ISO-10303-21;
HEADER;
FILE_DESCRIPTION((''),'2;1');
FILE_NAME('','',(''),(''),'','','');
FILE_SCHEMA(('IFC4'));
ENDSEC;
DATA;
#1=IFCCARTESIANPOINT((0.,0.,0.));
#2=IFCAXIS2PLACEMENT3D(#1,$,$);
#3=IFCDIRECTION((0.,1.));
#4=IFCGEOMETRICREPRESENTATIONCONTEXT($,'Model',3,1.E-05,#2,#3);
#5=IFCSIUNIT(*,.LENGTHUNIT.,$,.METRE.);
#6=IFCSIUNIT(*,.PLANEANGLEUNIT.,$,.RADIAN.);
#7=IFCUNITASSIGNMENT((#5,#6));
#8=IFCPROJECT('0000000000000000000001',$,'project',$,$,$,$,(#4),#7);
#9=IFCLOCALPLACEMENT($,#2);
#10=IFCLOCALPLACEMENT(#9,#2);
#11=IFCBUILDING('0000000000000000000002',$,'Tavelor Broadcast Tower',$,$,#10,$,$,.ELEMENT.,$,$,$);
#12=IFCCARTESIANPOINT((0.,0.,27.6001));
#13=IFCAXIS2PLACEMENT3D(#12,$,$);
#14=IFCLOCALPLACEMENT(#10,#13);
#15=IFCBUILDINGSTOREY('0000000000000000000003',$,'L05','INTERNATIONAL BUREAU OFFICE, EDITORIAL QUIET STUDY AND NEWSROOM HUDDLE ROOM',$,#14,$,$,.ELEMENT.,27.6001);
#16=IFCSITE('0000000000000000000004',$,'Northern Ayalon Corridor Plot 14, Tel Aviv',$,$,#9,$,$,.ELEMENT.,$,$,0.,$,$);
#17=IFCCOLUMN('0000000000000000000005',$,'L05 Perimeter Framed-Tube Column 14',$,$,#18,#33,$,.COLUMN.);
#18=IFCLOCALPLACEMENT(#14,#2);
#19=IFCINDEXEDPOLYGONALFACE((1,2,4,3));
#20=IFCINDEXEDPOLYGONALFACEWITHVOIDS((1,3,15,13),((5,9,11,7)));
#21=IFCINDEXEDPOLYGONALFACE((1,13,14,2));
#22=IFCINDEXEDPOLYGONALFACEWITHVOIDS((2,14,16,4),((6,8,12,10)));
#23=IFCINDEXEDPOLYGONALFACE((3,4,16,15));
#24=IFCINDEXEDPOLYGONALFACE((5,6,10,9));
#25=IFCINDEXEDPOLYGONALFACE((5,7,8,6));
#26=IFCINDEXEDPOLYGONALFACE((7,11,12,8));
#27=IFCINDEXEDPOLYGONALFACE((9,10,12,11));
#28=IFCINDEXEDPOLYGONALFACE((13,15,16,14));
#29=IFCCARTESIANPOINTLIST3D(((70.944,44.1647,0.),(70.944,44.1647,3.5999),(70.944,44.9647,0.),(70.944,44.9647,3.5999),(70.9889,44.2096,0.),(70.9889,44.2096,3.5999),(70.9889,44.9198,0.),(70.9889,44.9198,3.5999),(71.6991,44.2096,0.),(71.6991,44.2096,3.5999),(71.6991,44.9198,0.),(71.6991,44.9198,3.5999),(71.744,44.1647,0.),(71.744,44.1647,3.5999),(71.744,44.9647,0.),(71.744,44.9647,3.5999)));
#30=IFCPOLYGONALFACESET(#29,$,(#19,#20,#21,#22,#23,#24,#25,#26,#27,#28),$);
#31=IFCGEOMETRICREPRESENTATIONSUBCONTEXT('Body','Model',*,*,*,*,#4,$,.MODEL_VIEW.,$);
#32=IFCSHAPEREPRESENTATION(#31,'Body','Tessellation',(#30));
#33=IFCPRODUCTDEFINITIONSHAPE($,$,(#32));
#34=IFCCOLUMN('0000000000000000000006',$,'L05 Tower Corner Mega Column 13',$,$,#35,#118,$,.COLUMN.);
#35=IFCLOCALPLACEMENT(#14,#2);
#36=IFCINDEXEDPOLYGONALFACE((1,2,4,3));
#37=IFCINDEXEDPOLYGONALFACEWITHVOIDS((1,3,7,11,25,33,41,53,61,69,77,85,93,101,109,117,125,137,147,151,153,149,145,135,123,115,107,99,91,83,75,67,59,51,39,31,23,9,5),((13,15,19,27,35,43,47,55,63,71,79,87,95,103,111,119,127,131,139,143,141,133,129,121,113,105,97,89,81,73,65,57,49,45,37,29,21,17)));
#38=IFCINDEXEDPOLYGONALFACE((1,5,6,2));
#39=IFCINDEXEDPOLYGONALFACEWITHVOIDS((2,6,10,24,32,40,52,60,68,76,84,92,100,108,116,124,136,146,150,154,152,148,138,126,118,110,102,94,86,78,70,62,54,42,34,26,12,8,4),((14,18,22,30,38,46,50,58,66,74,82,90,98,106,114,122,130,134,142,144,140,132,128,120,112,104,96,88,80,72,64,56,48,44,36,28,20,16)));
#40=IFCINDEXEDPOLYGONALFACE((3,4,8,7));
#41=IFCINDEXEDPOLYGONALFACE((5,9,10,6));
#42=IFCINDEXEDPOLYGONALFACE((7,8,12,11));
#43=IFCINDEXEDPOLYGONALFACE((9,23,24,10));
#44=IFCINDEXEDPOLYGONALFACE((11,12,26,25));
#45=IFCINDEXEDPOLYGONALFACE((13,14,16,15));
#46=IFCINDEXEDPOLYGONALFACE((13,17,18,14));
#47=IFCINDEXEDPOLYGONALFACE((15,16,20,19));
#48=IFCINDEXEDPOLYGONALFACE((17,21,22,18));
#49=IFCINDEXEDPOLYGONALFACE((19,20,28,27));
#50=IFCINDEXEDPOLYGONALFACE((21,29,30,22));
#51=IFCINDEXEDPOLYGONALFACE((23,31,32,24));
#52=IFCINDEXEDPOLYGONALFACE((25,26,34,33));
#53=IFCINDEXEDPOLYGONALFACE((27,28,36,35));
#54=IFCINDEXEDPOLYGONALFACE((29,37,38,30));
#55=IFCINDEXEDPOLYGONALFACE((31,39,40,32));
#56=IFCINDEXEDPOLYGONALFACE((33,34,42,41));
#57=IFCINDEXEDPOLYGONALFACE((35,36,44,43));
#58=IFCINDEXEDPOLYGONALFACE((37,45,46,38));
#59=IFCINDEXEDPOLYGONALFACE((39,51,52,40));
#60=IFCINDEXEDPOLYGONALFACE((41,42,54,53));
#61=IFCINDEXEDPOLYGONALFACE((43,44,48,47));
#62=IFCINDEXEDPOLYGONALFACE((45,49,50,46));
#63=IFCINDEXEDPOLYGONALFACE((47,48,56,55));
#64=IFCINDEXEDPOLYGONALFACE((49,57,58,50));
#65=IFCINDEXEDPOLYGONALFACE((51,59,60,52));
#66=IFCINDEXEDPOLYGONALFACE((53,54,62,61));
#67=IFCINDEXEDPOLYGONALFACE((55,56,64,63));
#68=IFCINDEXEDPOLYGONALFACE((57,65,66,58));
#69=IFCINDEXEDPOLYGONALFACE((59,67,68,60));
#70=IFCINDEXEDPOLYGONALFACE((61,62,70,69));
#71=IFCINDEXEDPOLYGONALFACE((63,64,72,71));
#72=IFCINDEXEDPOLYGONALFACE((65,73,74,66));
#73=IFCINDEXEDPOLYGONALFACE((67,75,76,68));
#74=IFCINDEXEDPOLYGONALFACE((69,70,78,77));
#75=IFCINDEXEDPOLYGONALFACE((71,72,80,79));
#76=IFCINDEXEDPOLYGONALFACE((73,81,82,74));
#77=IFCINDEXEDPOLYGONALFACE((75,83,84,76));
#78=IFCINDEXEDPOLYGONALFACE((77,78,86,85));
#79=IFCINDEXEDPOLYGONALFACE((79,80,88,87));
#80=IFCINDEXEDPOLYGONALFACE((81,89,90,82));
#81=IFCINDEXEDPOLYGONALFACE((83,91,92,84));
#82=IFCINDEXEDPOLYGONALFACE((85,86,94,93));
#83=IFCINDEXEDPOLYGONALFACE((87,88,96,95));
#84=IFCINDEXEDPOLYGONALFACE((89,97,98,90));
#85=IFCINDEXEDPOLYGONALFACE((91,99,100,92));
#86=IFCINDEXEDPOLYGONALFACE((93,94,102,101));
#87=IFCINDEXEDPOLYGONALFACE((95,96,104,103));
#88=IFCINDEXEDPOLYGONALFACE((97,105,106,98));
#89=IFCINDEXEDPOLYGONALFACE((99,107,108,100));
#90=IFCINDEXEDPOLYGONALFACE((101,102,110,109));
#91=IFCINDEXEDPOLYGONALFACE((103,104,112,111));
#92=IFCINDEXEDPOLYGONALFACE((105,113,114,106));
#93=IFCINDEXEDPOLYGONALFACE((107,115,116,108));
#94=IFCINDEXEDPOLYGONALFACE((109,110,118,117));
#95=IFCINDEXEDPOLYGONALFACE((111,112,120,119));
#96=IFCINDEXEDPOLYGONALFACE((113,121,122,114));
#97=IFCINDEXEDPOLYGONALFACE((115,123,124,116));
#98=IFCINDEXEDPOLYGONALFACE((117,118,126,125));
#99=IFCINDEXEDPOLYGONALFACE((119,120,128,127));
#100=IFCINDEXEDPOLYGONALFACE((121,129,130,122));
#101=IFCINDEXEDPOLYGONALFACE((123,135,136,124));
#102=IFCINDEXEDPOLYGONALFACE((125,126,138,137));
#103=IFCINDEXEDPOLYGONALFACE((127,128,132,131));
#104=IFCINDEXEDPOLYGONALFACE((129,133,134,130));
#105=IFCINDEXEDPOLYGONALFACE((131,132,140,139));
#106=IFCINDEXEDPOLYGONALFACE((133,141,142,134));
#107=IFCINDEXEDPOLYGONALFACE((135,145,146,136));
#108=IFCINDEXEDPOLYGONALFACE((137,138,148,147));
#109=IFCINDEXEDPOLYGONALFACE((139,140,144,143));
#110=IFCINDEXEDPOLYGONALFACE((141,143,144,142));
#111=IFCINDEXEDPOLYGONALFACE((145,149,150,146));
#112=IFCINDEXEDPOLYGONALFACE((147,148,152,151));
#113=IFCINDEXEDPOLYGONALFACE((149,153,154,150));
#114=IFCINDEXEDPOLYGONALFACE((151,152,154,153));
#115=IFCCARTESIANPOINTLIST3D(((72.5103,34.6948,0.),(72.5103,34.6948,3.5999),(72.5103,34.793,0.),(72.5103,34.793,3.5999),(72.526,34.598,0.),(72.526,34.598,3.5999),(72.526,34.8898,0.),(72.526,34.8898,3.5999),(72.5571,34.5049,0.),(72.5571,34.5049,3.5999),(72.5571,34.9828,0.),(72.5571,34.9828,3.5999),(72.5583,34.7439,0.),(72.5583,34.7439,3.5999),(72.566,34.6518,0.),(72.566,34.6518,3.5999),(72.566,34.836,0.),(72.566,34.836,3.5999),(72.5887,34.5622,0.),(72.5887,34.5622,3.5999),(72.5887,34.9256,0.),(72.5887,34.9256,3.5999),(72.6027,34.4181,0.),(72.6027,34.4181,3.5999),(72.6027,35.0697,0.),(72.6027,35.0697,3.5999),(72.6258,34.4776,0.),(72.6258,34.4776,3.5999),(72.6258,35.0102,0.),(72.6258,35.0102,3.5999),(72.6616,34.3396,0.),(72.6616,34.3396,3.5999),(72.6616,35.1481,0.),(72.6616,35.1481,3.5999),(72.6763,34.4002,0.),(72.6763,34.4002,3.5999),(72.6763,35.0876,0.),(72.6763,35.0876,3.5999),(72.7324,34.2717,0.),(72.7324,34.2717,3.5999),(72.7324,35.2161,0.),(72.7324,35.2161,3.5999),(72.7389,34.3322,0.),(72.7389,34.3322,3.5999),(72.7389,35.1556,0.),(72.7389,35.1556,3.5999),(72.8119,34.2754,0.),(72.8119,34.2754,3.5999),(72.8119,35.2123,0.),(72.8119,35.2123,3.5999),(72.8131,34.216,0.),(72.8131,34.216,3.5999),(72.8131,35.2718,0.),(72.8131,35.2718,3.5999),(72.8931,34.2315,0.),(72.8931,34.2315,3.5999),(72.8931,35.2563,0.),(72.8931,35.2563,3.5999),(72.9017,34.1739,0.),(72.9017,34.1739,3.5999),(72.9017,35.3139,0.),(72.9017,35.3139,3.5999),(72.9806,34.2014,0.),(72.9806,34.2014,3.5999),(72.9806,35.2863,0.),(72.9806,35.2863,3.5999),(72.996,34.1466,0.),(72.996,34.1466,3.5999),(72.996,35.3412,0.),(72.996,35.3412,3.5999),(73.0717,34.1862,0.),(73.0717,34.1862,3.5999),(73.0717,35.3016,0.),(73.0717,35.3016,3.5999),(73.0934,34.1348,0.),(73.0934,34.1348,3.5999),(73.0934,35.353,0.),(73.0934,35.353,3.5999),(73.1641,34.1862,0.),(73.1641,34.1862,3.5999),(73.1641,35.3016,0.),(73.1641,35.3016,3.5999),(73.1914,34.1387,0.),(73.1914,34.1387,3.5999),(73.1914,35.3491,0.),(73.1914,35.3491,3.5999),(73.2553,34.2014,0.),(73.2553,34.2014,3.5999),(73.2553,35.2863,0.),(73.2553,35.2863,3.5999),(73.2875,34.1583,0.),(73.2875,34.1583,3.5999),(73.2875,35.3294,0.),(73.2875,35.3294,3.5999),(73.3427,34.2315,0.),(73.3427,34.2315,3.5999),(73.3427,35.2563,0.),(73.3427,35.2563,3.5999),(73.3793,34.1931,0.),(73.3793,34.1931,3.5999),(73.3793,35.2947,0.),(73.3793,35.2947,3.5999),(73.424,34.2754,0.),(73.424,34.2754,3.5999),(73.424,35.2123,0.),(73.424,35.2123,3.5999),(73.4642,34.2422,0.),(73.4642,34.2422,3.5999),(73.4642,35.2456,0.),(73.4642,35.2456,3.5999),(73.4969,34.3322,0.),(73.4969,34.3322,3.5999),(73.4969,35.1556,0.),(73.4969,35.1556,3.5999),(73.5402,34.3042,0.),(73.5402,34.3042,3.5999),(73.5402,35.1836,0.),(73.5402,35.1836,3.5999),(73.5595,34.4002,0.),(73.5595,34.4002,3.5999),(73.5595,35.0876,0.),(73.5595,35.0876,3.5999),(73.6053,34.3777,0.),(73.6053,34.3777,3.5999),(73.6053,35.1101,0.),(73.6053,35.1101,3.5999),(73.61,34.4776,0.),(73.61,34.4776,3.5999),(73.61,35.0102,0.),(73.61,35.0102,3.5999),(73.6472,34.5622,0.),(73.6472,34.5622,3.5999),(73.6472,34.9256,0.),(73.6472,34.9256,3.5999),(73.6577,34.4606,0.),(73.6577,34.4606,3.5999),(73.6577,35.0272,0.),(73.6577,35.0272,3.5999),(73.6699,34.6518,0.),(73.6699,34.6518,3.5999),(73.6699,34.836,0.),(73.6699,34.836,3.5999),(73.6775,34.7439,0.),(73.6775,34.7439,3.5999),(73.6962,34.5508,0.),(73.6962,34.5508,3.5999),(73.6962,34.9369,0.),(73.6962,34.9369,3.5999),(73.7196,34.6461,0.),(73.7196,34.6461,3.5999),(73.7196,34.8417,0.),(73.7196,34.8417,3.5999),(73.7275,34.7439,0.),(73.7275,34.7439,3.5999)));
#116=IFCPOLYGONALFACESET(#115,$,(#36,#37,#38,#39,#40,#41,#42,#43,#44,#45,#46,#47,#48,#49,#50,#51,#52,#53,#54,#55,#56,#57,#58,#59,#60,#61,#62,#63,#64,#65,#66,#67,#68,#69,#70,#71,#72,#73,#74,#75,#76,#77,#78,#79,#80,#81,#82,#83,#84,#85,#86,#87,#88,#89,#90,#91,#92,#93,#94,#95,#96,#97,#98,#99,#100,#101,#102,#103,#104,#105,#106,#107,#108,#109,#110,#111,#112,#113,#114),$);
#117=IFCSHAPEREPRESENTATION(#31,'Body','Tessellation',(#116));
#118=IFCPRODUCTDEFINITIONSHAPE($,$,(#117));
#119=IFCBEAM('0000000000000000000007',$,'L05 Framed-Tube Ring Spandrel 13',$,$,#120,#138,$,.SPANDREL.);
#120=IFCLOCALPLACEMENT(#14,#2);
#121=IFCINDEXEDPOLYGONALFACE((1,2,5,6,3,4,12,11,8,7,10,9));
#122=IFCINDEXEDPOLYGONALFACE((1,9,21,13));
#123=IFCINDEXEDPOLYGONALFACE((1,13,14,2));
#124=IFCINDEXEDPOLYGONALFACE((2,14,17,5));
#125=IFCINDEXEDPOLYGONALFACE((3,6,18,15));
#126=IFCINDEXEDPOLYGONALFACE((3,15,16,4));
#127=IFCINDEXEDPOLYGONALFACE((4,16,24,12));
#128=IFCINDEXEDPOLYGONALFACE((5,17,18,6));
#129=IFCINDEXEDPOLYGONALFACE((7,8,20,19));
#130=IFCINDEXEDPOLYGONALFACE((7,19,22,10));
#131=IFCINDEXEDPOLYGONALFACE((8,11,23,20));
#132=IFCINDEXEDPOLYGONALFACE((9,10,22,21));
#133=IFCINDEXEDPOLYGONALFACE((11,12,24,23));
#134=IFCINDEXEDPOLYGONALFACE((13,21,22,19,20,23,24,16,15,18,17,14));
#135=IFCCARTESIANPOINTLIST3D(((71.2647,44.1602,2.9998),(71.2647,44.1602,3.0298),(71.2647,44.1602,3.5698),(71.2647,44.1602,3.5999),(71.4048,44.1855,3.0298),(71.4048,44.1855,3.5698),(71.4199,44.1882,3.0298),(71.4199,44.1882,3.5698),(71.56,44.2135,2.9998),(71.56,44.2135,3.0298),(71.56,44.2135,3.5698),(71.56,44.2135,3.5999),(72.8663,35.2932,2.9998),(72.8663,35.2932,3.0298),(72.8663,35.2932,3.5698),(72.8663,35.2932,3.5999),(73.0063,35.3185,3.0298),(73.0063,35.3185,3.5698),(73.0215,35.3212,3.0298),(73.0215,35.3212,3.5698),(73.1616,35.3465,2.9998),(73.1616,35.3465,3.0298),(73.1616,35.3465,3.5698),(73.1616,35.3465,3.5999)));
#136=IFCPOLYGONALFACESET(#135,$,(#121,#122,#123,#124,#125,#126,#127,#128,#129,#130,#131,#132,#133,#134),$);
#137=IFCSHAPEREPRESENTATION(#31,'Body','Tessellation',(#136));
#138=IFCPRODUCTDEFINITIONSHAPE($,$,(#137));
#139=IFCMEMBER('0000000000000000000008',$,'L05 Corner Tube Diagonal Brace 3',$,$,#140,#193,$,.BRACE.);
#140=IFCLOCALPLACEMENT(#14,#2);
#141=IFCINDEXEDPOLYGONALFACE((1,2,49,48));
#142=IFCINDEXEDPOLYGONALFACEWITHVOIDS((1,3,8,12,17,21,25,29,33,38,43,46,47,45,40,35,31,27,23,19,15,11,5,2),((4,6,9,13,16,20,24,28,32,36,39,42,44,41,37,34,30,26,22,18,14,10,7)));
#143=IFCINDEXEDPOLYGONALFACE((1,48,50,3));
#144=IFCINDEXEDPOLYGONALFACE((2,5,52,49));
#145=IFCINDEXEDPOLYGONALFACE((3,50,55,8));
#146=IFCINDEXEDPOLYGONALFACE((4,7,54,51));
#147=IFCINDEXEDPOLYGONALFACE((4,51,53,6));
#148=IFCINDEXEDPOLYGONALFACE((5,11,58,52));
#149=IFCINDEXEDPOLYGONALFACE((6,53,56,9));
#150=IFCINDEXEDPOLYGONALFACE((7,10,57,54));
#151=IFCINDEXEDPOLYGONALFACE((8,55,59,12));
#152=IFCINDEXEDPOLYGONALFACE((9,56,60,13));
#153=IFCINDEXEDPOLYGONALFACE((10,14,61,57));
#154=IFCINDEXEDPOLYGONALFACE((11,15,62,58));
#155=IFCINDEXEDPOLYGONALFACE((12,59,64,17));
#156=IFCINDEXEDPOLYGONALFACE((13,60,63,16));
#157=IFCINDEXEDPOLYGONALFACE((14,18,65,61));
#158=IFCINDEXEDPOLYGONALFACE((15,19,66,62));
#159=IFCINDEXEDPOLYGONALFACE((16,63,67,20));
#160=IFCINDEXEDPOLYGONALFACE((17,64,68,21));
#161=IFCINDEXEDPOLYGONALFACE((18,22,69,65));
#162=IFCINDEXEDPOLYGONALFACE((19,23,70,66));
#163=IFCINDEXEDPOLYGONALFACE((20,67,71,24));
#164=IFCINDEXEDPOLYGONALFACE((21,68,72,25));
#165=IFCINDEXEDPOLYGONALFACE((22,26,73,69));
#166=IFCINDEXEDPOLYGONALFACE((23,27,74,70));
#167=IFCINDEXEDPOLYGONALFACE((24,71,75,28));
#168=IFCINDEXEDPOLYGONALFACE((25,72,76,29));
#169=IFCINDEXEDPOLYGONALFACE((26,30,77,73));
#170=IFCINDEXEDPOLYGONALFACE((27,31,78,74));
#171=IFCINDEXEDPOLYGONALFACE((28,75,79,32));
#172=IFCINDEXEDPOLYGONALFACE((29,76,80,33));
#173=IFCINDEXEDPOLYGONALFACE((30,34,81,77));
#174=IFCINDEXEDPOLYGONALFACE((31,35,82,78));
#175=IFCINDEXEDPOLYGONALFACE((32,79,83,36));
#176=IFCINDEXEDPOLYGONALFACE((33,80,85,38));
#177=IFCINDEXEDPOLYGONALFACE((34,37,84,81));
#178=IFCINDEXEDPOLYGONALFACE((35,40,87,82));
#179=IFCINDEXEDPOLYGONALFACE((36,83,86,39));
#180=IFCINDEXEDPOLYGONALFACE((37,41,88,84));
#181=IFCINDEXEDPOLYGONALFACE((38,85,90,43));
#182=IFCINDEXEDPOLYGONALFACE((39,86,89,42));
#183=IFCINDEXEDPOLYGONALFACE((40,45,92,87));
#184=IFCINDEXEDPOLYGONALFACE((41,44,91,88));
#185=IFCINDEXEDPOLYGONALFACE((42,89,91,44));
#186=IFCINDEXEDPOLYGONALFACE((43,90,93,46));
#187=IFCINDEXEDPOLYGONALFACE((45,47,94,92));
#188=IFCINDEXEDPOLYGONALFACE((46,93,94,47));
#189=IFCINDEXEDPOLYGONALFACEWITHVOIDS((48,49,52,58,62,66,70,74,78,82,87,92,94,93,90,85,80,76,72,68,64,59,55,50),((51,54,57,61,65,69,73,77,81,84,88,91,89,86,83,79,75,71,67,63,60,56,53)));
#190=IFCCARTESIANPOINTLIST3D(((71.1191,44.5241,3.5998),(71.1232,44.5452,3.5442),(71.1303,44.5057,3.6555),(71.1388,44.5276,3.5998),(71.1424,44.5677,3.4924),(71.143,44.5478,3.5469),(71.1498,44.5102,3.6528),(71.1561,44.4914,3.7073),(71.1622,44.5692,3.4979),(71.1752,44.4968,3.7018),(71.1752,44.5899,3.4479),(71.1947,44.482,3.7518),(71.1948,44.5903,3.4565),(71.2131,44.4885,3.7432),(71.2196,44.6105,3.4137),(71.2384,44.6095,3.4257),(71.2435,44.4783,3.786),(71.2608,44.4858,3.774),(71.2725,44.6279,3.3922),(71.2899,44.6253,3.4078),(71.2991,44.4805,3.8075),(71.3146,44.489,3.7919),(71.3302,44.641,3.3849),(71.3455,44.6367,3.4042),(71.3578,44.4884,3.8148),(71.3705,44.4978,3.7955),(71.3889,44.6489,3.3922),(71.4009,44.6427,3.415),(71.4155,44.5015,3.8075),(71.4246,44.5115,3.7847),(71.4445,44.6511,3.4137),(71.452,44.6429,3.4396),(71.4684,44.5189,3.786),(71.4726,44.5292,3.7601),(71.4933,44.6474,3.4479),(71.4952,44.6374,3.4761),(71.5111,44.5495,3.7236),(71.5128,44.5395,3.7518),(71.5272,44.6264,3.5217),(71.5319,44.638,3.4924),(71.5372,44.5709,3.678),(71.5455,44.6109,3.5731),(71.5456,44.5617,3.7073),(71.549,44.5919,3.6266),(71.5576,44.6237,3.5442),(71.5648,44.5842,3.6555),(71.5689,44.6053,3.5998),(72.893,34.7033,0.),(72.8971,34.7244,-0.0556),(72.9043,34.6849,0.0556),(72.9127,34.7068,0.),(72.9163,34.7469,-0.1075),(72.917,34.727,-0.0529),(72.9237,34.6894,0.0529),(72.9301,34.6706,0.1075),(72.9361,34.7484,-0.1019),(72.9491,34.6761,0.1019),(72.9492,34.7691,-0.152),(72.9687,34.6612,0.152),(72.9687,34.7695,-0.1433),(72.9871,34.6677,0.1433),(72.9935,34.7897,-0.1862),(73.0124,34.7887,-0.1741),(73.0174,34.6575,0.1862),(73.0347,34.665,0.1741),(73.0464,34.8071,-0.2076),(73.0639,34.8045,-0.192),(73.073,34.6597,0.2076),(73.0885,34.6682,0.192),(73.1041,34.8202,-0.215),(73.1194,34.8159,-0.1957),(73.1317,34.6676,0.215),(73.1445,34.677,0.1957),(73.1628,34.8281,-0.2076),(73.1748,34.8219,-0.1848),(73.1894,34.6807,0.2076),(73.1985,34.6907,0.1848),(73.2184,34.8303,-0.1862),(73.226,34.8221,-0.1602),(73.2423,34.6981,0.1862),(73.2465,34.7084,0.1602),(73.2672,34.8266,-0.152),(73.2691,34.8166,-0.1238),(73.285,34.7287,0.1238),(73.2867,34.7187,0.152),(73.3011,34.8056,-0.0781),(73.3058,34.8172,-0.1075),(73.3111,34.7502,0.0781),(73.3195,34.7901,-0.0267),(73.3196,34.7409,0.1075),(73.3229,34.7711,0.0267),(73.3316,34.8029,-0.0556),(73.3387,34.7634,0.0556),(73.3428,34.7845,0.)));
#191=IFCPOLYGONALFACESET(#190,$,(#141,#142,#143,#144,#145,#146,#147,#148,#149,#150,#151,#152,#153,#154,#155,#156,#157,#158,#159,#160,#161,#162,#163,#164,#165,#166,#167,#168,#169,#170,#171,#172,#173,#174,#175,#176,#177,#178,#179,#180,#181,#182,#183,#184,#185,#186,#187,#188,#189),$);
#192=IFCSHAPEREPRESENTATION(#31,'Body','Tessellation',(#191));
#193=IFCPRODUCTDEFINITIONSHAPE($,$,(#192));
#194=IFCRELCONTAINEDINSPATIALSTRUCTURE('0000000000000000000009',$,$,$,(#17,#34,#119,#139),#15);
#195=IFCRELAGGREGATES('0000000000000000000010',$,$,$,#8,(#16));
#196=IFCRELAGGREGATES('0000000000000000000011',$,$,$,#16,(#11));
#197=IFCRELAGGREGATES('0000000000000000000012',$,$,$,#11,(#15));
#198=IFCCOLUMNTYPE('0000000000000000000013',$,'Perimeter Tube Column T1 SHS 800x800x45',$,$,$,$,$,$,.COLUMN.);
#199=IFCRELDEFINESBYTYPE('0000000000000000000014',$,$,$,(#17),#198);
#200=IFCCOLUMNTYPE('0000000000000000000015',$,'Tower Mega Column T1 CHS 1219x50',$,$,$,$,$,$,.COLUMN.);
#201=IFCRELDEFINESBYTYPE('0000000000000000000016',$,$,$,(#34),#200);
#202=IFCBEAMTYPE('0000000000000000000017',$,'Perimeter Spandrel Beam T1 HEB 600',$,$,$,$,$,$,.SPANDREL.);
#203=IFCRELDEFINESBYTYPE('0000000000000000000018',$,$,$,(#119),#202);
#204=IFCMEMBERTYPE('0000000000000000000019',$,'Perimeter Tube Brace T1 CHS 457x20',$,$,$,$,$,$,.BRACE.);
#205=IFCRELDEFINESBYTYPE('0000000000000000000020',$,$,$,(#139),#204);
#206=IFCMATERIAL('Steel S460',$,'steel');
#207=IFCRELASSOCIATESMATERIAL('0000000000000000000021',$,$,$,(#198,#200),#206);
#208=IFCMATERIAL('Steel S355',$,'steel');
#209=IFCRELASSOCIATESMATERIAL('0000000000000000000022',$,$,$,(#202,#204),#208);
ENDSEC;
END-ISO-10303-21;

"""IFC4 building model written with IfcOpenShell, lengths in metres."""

from ifc_helpers import new_model, si_unit, direction, frame, origin, origin_2d, place, context, subcontext, project, spatial, hollow_rectangle, hollow_circle, i_section, extrude, material, material_profile, profile_set, type_object, element, save


model = new_model("IFC4")

# Units and contexts
model_context = context("Model", 3, precision=1e-05, world=origin(), true_north=direction((0.0, 1.0)))
body_context = subcontext(model_context, "Body", "Model", "MODEL_VIEW")
ifc_project = project(units=[si_unit("LENGTHUNIT", "METRE"), si_unit("PLANEANGLEUNIT", "RADIAN")], contexts=[model_context])

# Site, building, storey
site_placement = place(None, origin())
site = spatial("IfcSite", under=ifc_project, at=site_placement, Name="Northern Ayalon Corridor Plot 14, Tel Aviv", CompositionType="ELEMENT", RefElevation=0.0)
building_placement = place(site_placement, origin())
building = spatial("IfcBuilding", under=site, at=building_placement, Name="Tavelor Broadcast Tower", CompositionType="ELEMENT")
storey_placement = place(building_placement, frame((0.0, 0.0, 27.6001)))
storey = spatial("IfcBuildingStorey", under=building, at=storey_placement, Name="L05", Description="INTERNATIONAL BUREAU OFFICE, EDITORIAL QUIET STUDY AND NEWSROOM HUDDLE ROOM", CompositionType="ELEMENT", Elevation=27.6001)

# Columns
ifc_material_1 = material(Name="Steel S460", Category="steel")
ifc_material_profile_1 = material_profile(ifc_material_1, hollow_rectangle(XDim=0.8, YDim=0.8, WallThickness=0.0449, at=origin_2d()), Name="SHS 800x800x45")
ifc_profile_set_1 = profile_set([ifc_material_profile_1], Name="Steel S460")
column_type_1 = type_object("IfcColumnType", Name="Perimeter Tube Column T1 SHS 800x800x45", PredefinedType="COLUMN", material=ifc_profile_set_1)
column_1_placement = place(storey_placement, frame((71.344, 44.5647, 0.0), z_axis=(0.0, 0.0, 1.0), x_axis=(1.0, 0.0, 0.0)))
element("IfcColumn", 1, at=column_1_placement, inside=storey, type_object=column_type_1, Name="L05 Perimeter Framed-Tube Column 14", PredefinedType="COLUMN", context=body_context, shape_type="SweptSolid", body=[
    extrude(hollow_rectangle(XDim=0.8, YDim=0.8, WallThickness=0.0449, at=origin_2d()), origin(), (0.0, 0.0, 1.0), 3.5999),
])
ifc_material_profile_2 = material_profile(ifc_material_1, hollow_circle(Radius=0.6096, WallThickness=0.05, at=origin_2d()), Name="CHS 1219x50")
ifc_profile_set_2 = profile_set([ifc_material_profile_2], Name="Steel S460")
column_type_2 = type_object("IfcColumnType", Name="Tower Mega Column T1 CHS 1219x50", PredefinedType="COLUMN", material=ifc_profile_set_2)
column_2_placement = place(storey_placement, frame((73.1179, 34.7439, 0.0), z_axis=(0.0, 0.0, 1.0), x_axis=(1.0, 0.0, 0.0)))
element("IfcColumn", 2, at=column_2_placement, inside=storey, type_object=column_type_2, Name="L05 Tower Corner Mega Column 13", PredefinedType="COLUMN", context=body_context, shape_type="SweptSolid", body=[
    extrude(hollow_circle(Radius=0.6096, WallThickness=0.05, at=origin_2d()), origin(), (0.0, 0.0, 1.0), 3.5999),
])

# Beam
ifc_material_2 = material(Name="Steel S355", Category="steel")
ifc_material_profile_3 = material_profile(ifc_material_2, i_section(OverallWidth=0.3, OverallDepth=0.6001, WebThickness=0.0154, FlangeThickness=0.03, at=origin_2d()), Name="HEB 600")
ifc_profile_set_3 = profile_set([ifc_material_profile_3], Name="Steel S355")
beam_type = type_object("IfcBeamType", Name="Perimeter Spandrel Beam T1 HEB 600", PredefinedType="SPANDREL", material=ifc_profile_set_3)
beam_placement = place(storey_placement, frame((73.0139, 35.3198, 3.2998), z_axis=(-0.177746, 0.984076, 0.0), x_axis=(-0.984076, -0.177746, 0.0)))
element("IfcBeam", 3, at=beam_placement, inside=storey, type_object=beam_type, Name="L05 Framed-Tube Ring Spandrel 13", PredefinedType="SPANDREL", context=body_context, shape_type="SweptSolid", body=[
    extrude(i_section(OverallWidth=0.3, OverallDepth=0.6001, WebThickness=0.0154, FlangeThickness=0.03, at=origin_2d()), origin(), (0.0, 0.0, 1.0), 9.0105),
])

# Member
ifc_material_profile_4 = material_profile(ifc_material_2, hollow_circle(Radius=0.2285, WallThickness=0.02, at=origin_2d()), Name="CHS 457x20")
ifc_profile_set_4 = profile_set([ifc_material_profile_4], Name="Steel S355")
member_type_1 = type_object("IfcMemberType", Name="Perimeter Tube Brace T1 CHS 457x20", PredefinedType="BRACE", material=ifc_profile_set_4)
member_1_placement = place(storey_placement, frame((73.1179, 34.7439, 0.0), z_axis=(-0.167207, 0.925692, 0.339316), x_axis=(-0.984075, -0.177753, 0.0)))
element("IfcMember", 4, at=member_1_placement, inside=storey, type_object=member_type_1, Name="L05 Corner Tube Diagonal Brace 3", PredefinedType="BRACE", context=body_context, shape_type="SweptSolid", body=[
    extrude(hollow_circle(Radius=0.2285, WallThickness=0.02, at=origin_2d()), origin(), (0.0, 0.0, 1.0), 10.6091),
])

save(model, "model.ifc")
